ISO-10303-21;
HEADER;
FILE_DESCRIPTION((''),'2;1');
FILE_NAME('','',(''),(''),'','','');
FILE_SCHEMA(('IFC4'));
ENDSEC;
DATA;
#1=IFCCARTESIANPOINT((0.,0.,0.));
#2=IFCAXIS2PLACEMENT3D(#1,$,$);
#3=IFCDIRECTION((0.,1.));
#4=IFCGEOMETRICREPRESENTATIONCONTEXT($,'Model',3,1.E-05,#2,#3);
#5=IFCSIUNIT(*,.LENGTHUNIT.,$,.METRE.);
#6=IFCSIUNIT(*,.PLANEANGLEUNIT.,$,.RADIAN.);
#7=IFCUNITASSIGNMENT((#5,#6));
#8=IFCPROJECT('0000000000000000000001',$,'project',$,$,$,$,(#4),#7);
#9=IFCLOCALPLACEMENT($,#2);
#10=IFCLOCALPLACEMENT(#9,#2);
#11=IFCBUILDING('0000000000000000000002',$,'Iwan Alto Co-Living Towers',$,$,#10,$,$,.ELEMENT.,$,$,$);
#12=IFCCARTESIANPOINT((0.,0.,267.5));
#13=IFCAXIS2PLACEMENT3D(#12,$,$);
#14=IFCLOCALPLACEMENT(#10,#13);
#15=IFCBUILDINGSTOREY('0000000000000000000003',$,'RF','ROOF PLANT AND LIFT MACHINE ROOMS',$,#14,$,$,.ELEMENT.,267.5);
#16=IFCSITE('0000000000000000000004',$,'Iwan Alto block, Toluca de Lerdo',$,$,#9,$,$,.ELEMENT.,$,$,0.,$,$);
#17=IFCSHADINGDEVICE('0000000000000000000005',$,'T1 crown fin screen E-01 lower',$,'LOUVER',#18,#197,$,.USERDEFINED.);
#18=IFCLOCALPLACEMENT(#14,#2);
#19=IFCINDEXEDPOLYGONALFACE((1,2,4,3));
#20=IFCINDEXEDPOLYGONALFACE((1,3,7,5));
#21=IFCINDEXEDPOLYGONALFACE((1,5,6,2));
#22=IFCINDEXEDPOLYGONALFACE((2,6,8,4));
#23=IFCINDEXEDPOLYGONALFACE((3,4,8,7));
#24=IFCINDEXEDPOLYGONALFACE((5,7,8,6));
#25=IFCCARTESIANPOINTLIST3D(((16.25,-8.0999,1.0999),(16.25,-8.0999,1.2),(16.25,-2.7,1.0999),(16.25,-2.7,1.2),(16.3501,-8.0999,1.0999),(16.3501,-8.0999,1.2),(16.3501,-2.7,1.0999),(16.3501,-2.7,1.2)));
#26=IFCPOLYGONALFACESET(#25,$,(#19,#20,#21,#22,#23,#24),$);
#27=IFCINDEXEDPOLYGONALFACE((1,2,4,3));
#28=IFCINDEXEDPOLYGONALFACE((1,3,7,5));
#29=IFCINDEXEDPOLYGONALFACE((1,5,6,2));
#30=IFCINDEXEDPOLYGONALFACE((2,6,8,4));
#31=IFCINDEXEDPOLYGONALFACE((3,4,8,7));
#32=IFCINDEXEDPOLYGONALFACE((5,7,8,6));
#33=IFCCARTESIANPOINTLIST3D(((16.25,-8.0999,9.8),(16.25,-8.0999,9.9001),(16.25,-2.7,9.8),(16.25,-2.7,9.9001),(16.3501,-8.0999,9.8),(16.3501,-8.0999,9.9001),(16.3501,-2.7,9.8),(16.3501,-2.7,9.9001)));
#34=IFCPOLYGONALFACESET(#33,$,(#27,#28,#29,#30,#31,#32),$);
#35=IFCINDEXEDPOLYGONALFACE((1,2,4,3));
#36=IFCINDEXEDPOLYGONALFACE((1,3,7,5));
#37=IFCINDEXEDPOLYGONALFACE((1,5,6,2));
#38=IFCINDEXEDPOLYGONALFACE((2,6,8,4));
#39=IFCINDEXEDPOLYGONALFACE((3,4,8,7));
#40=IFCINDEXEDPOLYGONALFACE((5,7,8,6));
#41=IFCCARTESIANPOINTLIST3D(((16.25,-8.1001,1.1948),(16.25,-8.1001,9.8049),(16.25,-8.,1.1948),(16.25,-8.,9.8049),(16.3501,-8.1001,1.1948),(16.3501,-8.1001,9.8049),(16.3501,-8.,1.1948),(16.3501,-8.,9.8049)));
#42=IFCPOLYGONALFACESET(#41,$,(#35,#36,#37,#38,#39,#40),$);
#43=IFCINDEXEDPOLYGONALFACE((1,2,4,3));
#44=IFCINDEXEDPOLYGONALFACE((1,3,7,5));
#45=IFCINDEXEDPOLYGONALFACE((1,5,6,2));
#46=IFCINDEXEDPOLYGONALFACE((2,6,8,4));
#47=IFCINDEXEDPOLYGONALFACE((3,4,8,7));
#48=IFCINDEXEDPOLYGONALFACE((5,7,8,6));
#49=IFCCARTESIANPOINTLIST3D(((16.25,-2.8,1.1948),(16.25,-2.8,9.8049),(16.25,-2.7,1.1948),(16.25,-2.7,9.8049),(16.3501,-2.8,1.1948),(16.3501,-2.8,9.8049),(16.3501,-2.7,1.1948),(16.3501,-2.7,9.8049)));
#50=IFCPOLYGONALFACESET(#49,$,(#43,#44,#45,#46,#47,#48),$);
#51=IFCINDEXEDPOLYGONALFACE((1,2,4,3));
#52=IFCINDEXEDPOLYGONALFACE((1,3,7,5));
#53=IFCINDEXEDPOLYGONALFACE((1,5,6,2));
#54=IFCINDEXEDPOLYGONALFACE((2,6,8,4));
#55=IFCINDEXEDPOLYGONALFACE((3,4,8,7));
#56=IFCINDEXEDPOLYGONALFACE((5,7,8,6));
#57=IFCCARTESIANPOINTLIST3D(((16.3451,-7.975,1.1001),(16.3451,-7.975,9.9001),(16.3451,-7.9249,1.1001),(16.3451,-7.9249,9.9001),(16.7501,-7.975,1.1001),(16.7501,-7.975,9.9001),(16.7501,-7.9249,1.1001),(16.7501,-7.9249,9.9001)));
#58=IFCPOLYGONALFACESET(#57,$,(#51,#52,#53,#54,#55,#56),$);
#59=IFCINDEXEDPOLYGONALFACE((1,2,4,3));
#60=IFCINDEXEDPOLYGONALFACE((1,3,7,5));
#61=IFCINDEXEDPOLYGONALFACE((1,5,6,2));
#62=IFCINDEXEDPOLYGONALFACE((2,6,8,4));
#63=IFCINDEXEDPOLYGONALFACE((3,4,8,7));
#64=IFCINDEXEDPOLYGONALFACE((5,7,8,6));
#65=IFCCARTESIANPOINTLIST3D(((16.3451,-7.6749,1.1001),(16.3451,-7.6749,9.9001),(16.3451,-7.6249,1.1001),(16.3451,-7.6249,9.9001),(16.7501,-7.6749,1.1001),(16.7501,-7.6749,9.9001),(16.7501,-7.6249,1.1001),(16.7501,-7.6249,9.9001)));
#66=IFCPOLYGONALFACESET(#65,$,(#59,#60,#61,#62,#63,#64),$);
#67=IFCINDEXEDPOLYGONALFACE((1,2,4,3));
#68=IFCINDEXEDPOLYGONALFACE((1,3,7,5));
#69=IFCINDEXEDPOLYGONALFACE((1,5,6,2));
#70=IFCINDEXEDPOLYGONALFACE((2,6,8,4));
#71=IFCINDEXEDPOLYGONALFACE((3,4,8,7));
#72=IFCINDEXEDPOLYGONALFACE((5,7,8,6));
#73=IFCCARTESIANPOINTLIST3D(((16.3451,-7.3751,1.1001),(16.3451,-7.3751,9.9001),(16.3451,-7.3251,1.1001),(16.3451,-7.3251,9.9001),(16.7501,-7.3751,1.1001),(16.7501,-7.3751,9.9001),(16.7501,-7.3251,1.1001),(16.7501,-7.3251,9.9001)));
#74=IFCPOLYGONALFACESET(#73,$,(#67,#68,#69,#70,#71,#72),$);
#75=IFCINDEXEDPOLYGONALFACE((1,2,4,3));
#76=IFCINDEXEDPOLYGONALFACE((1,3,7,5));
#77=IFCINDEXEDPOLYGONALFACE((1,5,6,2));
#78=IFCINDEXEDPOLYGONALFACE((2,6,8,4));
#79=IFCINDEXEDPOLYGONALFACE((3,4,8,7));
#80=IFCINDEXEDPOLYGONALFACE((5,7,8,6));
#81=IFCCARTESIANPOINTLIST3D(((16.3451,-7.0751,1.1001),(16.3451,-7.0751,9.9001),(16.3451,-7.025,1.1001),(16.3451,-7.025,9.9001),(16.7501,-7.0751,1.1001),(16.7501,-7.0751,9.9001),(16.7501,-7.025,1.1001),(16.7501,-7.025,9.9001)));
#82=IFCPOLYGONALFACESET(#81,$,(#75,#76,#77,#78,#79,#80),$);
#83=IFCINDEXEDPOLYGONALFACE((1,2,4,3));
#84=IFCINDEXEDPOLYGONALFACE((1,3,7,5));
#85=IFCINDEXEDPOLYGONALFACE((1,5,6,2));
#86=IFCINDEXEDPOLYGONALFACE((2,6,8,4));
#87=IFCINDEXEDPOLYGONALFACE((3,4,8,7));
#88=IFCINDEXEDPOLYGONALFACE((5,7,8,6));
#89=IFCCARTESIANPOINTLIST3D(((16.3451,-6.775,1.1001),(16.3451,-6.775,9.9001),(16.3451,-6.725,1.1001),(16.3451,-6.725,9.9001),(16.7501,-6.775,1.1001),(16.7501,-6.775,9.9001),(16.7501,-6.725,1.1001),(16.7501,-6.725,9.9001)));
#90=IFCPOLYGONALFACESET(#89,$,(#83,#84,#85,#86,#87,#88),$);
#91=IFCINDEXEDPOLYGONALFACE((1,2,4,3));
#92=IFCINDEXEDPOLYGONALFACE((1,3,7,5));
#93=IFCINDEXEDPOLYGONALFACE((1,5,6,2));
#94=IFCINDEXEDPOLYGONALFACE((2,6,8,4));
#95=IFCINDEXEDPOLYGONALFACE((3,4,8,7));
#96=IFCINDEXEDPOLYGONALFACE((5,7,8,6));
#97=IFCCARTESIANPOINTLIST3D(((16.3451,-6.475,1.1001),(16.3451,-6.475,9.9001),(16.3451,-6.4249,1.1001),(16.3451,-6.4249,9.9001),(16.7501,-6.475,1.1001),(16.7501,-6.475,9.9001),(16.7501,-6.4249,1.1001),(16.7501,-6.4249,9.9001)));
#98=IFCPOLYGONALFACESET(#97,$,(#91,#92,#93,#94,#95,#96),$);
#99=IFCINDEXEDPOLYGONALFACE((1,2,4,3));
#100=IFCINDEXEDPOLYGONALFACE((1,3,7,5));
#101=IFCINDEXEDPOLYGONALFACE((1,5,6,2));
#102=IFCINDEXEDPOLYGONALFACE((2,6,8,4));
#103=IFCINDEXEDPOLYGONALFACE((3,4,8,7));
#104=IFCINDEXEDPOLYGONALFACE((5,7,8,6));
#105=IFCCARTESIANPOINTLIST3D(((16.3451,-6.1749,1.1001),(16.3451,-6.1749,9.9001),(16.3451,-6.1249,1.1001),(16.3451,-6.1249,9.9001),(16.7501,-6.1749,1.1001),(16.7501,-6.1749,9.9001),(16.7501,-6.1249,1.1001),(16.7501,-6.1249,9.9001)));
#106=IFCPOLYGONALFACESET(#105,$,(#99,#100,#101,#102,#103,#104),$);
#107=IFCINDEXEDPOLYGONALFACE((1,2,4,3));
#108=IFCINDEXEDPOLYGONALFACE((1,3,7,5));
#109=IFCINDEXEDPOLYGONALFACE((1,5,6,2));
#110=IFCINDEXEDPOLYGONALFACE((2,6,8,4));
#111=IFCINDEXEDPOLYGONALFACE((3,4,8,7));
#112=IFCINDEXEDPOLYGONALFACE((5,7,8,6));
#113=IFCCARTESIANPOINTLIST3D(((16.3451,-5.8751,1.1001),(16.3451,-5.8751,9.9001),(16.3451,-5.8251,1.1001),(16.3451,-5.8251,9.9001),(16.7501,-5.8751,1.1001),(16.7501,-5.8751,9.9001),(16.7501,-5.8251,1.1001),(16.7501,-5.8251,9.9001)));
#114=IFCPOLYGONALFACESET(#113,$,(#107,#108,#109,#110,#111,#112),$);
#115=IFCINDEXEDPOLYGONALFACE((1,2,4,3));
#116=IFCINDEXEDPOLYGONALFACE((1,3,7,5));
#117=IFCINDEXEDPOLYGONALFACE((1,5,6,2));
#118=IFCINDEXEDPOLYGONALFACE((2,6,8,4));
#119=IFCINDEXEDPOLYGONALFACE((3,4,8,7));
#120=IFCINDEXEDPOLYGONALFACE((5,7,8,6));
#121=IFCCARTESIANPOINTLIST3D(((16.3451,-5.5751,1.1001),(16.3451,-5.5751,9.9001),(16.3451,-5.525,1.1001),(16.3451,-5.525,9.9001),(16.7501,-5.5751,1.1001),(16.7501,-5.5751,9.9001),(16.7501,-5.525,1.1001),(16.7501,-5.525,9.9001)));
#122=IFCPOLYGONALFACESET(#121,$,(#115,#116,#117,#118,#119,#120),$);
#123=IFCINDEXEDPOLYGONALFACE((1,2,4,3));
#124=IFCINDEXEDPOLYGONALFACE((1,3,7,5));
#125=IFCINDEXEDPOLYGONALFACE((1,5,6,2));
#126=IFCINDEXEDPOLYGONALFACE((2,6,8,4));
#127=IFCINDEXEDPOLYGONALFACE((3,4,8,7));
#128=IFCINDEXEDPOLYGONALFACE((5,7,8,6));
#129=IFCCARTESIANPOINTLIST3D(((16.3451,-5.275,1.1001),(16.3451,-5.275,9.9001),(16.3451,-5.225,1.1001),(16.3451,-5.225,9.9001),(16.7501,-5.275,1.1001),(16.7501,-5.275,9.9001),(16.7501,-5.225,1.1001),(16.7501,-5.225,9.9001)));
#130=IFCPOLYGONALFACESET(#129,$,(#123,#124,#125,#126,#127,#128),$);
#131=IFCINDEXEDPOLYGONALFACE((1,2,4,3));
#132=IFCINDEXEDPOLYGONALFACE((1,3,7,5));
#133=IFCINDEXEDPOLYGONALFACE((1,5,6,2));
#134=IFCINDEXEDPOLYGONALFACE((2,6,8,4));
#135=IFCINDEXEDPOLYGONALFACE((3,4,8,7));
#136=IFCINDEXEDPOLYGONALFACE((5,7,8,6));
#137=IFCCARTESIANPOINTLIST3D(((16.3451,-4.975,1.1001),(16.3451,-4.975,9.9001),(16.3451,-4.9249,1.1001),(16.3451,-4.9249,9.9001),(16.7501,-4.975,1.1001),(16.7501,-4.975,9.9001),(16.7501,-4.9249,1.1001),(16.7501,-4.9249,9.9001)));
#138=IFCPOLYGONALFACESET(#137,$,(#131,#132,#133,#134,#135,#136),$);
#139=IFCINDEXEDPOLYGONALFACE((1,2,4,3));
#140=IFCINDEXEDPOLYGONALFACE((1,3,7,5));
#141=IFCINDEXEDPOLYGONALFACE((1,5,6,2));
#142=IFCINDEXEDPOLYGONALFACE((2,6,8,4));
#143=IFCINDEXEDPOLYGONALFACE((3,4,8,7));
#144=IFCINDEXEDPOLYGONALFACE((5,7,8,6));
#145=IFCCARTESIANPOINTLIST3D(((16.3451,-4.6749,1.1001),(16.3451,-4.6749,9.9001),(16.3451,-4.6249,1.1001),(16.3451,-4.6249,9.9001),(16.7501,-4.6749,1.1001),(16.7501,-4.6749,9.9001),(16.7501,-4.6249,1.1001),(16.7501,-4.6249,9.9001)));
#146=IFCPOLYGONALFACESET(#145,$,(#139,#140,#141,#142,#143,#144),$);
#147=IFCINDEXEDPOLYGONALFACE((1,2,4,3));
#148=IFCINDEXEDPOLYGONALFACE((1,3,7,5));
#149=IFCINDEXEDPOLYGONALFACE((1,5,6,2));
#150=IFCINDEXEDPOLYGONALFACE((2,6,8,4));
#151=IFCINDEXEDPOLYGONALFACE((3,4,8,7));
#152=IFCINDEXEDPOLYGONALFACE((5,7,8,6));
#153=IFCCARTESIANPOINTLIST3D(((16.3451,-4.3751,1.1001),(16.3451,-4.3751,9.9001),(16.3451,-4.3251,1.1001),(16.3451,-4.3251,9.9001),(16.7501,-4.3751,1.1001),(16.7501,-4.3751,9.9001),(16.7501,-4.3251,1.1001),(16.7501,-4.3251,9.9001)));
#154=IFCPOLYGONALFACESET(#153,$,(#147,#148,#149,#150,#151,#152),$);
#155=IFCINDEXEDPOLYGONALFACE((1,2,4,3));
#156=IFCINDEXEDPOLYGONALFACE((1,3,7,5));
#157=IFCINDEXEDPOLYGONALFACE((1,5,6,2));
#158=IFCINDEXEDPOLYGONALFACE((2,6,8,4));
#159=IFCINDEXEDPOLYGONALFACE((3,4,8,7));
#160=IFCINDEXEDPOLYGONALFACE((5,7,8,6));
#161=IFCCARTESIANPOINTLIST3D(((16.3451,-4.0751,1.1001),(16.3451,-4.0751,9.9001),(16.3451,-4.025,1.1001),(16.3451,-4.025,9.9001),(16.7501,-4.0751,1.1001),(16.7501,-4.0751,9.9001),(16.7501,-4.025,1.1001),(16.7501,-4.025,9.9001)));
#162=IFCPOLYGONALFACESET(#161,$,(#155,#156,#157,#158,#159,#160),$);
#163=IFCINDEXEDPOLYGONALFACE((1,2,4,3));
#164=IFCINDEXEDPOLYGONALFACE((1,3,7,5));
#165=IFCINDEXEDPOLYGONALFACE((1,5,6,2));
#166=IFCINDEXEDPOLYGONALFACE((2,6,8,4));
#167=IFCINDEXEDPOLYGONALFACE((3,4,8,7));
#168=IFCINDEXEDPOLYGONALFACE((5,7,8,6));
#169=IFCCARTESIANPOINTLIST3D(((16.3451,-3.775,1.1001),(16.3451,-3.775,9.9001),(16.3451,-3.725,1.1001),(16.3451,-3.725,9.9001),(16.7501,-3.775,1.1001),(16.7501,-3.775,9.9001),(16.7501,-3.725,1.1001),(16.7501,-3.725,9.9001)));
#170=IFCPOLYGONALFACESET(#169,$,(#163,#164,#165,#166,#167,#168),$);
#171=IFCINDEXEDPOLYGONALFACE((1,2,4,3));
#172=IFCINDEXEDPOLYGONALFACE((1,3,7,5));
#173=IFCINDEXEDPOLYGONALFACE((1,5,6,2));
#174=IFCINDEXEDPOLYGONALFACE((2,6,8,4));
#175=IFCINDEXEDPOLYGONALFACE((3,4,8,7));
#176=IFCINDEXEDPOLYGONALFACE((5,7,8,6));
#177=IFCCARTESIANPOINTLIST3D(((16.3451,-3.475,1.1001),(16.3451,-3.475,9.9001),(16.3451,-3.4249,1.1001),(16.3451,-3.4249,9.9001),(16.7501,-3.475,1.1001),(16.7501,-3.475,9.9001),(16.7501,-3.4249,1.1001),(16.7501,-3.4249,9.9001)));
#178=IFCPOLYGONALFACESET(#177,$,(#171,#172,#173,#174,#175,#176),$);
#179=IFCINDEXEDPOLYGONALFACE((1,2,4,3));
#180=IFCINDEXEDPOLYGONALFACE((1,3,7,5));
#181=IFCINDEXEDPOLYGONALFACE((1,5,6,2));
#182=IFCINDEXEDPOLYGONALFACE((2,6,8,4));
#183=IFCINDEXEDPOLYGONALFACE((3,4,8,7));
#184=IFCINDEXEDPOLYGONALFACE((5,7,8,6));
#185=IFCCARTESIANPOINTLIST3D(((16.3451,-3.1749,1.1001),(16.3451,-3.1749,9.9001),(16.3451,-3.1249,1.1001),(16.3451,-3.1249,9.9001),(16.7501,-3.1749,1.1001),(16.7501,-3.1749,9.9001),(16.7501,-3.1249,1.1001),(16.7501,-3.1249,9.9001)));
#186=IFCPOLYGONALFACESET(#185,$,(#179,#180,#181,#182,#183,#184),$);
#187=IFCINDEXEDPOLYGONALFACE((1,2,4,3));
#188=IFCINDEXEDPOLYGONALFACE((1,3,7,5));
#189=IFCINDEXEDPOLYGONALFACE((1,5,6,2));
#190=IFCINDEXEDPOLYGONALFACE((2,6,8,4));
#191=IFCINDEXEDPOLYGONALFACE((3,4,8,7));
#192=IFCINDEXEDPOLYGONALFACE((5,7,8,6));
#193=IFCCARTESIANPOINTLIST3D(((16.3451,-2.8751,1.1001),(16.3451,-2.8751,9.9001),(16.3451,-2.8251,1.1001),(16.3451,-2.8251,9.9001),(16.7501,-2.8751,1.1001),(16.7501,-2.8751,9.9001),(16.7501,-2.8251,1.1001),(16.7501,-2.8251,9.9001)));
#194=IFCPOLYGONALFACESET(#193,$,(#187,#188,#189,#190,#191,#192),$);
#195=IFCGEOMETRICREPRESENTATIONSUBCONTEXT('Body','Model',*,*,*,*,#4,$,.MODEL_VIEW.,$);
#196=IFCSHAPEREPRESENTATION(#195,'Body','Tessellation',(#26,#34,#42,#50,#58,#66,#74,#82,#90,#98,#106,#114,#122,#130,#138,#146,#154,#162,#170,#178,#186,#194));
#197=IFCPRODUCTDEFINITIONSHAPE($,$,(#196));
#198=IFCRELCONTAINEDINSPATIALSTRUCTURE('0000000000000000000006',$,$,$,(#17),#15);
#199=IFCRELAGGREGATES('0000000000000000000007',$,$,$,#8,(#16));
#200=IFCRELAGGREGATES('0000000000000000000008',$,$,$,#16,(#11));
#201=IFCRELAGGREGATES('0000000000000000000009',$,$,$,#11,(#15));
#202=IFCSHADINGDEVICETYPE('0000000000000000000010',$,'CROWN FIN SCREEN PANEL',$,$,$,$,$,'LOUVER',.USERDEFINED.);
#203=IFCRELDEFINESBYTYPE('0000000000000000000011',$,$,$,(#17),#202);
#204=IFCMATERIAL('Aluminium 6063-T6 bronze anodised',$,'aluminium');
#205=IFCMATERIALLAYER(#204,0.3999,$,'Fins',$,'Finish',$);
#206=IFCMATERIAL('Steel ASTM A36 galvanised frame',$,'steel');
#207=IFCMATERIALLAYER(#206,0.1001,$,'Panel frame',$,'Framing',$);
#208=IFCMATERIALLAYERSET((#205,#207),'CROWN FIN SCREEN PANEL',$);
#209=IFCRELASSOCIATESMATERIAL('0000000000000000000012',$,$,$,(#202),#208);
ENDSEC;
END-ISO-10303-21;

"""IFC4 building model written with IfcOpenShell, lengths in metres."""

from ifc_helpers import new_model, si_unit, direction, frame, origin, origin_2d, place, context, subcontext, project, spatial, rectangle, extrude, material, layer, layer_set, type_object, element, save


model = new_model("IFC4")

# Units and contexts
model_context = context("Model", 3, precision=1e-05, world=origin(), true_north=direction((0.0, 1.0)))
body_context = subcontext(model_context, "Body", "Model", "MODEL_VIEW")
ifc_project = project(units=[si_unit("LENGTHUNIT", "METRE"), si_unit("PLANEANGLEUNIT", "RADIAN")], contexts=[model_context])

# Site, building, storey
site_placement = place(None, origin())
site = spatial("IfcSite", under=ifc_project, at=site_placement, Name="Iwan Alto block, Toluca de Lerdo", CompositionType="ELEMENT", RefElevation=0.0)
building_placement = place(site_placement, origin())
building = spatial("IfcBuilding", under=site, at=building_placement, Name="Iwan Alto Co-Living Towers", CompositionType="ELEMENT")
storey_placement = place(building_placement, frame((0.0, 0.0, 267.5)))
storey = spatial("IfcBuildingStorey", under=building, at=storey_placement, Name="RF", Description="ROOF PLANT AND LIFT MACHINE ROOMS", CompositionType="ELEMENT", Elevation=267.5)

# Shading device
ifc_material_1 = material(Name="Aluminium 6063-T6 bronze anodised", Category="aluminium")
ifc_layer_1 = layer(ifc_material_1, 0.3999, Name="Fins", Category="Finish")
ifc_material_2 = material(Name="Steel ASTM A36 galvanised frame", Category="steel")
ifc_layer_2 = layer(ifc_material_2, 0.1001, Name="Panel frame", Category="Framing")
ifc_layer_set = layer_set([ifc_layer_1, ifc_layer_2], Name="CROWN FIN SCREEN PANEL")
shading_device_type = type_object("IfcShadingDeviceType", Name="CROWN FIN SCREEN PANEL", ElementType="LOUVER", PredefinedType="USERDEFINED", material=ifc_layer_set)
shading_device_1_placement = place(storey_placement, frame((0.0, 0.0, -267.5)))
element("IfcShadingDevice", 1, at=shading_device_1_placement, inside=storey, type_object=shading_device_type, Name="T1 crown fin screen E-01 lower", ObjectType="LOUVER", PredefinedType="USERDEFINED", context=body_context, shape_type="SweptSolid", body=[
    extrude(rectangle(XDim=5.3999, YDim=0.1001, at=origin_2d()), frame((16.3, -5.3999, 268.5999), z_axis=(0.0, 0.0, 1.0), x_axis=(0.0, 1.0, 0.0)), (0.0, 0.0, 1.0), 0.1001),
    extrude(rectangle(XDim=5.3999, YDim=0.1001, at=origin_2d()), frame((16.3, -5.3999, 277.3), z_axis=(0.0, 0.0, 1.0), x_axis=(0.0, 1.0, 0.0)), (0.0, 0.0, 1.0), 0.1001),
    extrude(rectangle(XDim=0.1001, YDim=0.1001, at=origin_2d()), frame((16.3, -8.05, 268.6948), z_axis=(0.0, 0.0, 1.0), x_axis=(0.0, 1.0, 0.0)), (0.0, 0.0, 1.0), 8.6101),
    extrude(rectangle(XDim=0.1001, YDim=0.1001, at=origin_2d()), frame((16.3, -2.75, 268.6948), z_axis=(0.0, 0.0, 1.0), x_axis=(0.0, 1.0, 0.0)), (0.0, 0.0, 1.0), 8.6101),
    extrude(rectangle(XDim=0.05, YDim=0.405, at=origin_2d()), frame((16.5476, -7.95, 268.6001), z_axis=(0.0, 0.0, 1.0), x_axis=(0.0, 1.0, 0.0)), (0.0, 0.0, 1.0), 8.8),
    extrude(rectangle(XDim=0.05, YDim=0.405, at=origin_2d()), frame((16.5476, -7.6499, 268.6001), z_axis=(0.0, 0.0, 1.0), x_axis=(0.0, 1.0, 0.0)), (0.0, 0.0, 1.0), 8.8),
    extrude(rectangle(XDim=0.05, YDim=0.405, at=origin_2d()), frame((16.5476, -7.3501, 268.6001), z_axis=(0.0, 0.0, 1.0), x_axis=(0.0, 1.0, 0.0)), (0.0, 0.0, 1.0), 8.8),
    extrude(rectangle(XDim=0.05, YDim=0.405, at=origin_2d()), frame((16.5476, -7.05, 268.6001), z_axis=(0.0, 0.0, 1.0), x_axis=(0.0, 1.0, 0.0)), (0.0, 0.0, 1.0), 8.8),
    extrude(rectangle(XDim=0.05, YDim=0.405, at=origin_2d()), frame((16.5476, -6.75, 268.6001), z_axis=(0.0, 0.0, 1.0), x_axis=(0.0, 1.0, 0.0)), (0.0, 0.0, 1.0), 8.8),
    extrude(rectangle(XDim=0.05, YDim=0.405, at=origin_2d()), frame((16.5476, -6.45, 268.6001), z_axis=(0.0, 0.0, 1.0), x_axis=(0.0, 1.0, 0.0)), (0.0, 0.0, 1.0), 8.8),
    extrude(rectangle(XDim=0.05, YDim=0.405, at=origin_2d()), frame((16.5476, -6.1499, 268.6001), z_axis=(0.0, 0.0, 1.0), x_axis=(0.0, 1.0, 0.0)), (0.0, 0.0, 1.0), 8.8),
    extrude(rectangle(XDim=0.05, YDim=0.405, at=origin_2d()), frame((16.5476, -5.8501, 268.6001), z_axis=(0.0, 0.0, 1.0), x_axis=(0.0, 1.0, 0.0)), (0.0, 0.0, 1.0), 8.8),
    extrude(rectangle(XDim=0.05, YDim=0.405, at=origin_2d()), frame((16.5476, -5.55, 268.6001), z_axis=(0.0, 0.0, 1.0), x_axis=(0.0, 1.0, 0.0)), (0.0, 0.0, 1.0), 8.8),
    extrude(rectangle(XDim=0.05, YDim=0.405, at=origin_2d()), frame((16.5476, -5.25, 268.6001), z_axis=(0.0, 0.0, 1.0), x_axis=(0.0, 1.0, 0.0)), (0.0, 0.0, 1.0), 8.8),
    extrude(rectangle(XDim=0.05, YDim=0.405, at=origin_2d()), frame((16.5476, -4.95, 268.6001), z_axis=(0.0, 0.0, 1.0), x_axis=(0.0, 1.0, 0.0)), (0.0, 0.0, 1.0), 8.8),
    extrude(rectangle(XDim=0.05, YDim=0.405, at=origin_2d()), frame((16.5476, -4.6499, 268.6001), z_axis=(0.0, 0.0, 1.0), x_axis=(0.0, 1.0, 0.0)), (0.0, 0.0, 1.0), 8.8),
    extrude(rectangle(XDim=0.05, YDim=0.405, at=origin_2d()), frame((16.5476, -4.3501, 268.6001), z_axis=(0.0, 0.0, 1.0), x_axis=(0.0, 1.0, 0.0)), (0.0, 0.0, 1.0), 8.8),
    extrude(rectangle(XDim=0.05, YDim=0.405, at=origin_2d()), frame((16.5476, -4.05, 268.6001), z_axis=(0.0, 0.0, 1.0), x_axis=(0.0, 1.0, 0.0)), (0.0, 0.0, 1.0), 8.8),
    extrude(rectangle(XDim=0.05, YDim=0.405, at=origin_2d()), frame((16.5476, -3.75, 268.6001), z_axis=(0.0, 0.0, 1.0), x_axis=(0.0, 1.0, 0.0)), (0.0, 0.0, 1.0), 8.8),
    extrude(rectangle(XDim=0.05, YDim=0.405, at=origin_2d()), frame((16.5476, -3.45, 268.6001), z_axis=(0.0, 0.0, 1.0), x_axis=(0.0, 1.0, 0.0)), (0.0, 0.0, 1.0), 8.8),
    extrude(rectangle(XDim=0.05, YDim=0.405, at=origin_2d()), frame((16.5476, -3.1499, 268.6001), z_axis=(0.0, 0.0, 1.0), x_axis=(0.0, 1.0, 0.0)), (0.0, 0.0, 1.0), 8.8),
    extrude(rectangle(XDim=0.05, YDim=0.405, at=origin_2d()), frame((16.5476, -2.8501, 268.6001), z_axis=(0.0, 0.0, 1.0), x_axis=(0.0, 1.0, 0.0)), (0.0, 0.0, 1.0), 8.8),
])

save(model, "model.ifc")
